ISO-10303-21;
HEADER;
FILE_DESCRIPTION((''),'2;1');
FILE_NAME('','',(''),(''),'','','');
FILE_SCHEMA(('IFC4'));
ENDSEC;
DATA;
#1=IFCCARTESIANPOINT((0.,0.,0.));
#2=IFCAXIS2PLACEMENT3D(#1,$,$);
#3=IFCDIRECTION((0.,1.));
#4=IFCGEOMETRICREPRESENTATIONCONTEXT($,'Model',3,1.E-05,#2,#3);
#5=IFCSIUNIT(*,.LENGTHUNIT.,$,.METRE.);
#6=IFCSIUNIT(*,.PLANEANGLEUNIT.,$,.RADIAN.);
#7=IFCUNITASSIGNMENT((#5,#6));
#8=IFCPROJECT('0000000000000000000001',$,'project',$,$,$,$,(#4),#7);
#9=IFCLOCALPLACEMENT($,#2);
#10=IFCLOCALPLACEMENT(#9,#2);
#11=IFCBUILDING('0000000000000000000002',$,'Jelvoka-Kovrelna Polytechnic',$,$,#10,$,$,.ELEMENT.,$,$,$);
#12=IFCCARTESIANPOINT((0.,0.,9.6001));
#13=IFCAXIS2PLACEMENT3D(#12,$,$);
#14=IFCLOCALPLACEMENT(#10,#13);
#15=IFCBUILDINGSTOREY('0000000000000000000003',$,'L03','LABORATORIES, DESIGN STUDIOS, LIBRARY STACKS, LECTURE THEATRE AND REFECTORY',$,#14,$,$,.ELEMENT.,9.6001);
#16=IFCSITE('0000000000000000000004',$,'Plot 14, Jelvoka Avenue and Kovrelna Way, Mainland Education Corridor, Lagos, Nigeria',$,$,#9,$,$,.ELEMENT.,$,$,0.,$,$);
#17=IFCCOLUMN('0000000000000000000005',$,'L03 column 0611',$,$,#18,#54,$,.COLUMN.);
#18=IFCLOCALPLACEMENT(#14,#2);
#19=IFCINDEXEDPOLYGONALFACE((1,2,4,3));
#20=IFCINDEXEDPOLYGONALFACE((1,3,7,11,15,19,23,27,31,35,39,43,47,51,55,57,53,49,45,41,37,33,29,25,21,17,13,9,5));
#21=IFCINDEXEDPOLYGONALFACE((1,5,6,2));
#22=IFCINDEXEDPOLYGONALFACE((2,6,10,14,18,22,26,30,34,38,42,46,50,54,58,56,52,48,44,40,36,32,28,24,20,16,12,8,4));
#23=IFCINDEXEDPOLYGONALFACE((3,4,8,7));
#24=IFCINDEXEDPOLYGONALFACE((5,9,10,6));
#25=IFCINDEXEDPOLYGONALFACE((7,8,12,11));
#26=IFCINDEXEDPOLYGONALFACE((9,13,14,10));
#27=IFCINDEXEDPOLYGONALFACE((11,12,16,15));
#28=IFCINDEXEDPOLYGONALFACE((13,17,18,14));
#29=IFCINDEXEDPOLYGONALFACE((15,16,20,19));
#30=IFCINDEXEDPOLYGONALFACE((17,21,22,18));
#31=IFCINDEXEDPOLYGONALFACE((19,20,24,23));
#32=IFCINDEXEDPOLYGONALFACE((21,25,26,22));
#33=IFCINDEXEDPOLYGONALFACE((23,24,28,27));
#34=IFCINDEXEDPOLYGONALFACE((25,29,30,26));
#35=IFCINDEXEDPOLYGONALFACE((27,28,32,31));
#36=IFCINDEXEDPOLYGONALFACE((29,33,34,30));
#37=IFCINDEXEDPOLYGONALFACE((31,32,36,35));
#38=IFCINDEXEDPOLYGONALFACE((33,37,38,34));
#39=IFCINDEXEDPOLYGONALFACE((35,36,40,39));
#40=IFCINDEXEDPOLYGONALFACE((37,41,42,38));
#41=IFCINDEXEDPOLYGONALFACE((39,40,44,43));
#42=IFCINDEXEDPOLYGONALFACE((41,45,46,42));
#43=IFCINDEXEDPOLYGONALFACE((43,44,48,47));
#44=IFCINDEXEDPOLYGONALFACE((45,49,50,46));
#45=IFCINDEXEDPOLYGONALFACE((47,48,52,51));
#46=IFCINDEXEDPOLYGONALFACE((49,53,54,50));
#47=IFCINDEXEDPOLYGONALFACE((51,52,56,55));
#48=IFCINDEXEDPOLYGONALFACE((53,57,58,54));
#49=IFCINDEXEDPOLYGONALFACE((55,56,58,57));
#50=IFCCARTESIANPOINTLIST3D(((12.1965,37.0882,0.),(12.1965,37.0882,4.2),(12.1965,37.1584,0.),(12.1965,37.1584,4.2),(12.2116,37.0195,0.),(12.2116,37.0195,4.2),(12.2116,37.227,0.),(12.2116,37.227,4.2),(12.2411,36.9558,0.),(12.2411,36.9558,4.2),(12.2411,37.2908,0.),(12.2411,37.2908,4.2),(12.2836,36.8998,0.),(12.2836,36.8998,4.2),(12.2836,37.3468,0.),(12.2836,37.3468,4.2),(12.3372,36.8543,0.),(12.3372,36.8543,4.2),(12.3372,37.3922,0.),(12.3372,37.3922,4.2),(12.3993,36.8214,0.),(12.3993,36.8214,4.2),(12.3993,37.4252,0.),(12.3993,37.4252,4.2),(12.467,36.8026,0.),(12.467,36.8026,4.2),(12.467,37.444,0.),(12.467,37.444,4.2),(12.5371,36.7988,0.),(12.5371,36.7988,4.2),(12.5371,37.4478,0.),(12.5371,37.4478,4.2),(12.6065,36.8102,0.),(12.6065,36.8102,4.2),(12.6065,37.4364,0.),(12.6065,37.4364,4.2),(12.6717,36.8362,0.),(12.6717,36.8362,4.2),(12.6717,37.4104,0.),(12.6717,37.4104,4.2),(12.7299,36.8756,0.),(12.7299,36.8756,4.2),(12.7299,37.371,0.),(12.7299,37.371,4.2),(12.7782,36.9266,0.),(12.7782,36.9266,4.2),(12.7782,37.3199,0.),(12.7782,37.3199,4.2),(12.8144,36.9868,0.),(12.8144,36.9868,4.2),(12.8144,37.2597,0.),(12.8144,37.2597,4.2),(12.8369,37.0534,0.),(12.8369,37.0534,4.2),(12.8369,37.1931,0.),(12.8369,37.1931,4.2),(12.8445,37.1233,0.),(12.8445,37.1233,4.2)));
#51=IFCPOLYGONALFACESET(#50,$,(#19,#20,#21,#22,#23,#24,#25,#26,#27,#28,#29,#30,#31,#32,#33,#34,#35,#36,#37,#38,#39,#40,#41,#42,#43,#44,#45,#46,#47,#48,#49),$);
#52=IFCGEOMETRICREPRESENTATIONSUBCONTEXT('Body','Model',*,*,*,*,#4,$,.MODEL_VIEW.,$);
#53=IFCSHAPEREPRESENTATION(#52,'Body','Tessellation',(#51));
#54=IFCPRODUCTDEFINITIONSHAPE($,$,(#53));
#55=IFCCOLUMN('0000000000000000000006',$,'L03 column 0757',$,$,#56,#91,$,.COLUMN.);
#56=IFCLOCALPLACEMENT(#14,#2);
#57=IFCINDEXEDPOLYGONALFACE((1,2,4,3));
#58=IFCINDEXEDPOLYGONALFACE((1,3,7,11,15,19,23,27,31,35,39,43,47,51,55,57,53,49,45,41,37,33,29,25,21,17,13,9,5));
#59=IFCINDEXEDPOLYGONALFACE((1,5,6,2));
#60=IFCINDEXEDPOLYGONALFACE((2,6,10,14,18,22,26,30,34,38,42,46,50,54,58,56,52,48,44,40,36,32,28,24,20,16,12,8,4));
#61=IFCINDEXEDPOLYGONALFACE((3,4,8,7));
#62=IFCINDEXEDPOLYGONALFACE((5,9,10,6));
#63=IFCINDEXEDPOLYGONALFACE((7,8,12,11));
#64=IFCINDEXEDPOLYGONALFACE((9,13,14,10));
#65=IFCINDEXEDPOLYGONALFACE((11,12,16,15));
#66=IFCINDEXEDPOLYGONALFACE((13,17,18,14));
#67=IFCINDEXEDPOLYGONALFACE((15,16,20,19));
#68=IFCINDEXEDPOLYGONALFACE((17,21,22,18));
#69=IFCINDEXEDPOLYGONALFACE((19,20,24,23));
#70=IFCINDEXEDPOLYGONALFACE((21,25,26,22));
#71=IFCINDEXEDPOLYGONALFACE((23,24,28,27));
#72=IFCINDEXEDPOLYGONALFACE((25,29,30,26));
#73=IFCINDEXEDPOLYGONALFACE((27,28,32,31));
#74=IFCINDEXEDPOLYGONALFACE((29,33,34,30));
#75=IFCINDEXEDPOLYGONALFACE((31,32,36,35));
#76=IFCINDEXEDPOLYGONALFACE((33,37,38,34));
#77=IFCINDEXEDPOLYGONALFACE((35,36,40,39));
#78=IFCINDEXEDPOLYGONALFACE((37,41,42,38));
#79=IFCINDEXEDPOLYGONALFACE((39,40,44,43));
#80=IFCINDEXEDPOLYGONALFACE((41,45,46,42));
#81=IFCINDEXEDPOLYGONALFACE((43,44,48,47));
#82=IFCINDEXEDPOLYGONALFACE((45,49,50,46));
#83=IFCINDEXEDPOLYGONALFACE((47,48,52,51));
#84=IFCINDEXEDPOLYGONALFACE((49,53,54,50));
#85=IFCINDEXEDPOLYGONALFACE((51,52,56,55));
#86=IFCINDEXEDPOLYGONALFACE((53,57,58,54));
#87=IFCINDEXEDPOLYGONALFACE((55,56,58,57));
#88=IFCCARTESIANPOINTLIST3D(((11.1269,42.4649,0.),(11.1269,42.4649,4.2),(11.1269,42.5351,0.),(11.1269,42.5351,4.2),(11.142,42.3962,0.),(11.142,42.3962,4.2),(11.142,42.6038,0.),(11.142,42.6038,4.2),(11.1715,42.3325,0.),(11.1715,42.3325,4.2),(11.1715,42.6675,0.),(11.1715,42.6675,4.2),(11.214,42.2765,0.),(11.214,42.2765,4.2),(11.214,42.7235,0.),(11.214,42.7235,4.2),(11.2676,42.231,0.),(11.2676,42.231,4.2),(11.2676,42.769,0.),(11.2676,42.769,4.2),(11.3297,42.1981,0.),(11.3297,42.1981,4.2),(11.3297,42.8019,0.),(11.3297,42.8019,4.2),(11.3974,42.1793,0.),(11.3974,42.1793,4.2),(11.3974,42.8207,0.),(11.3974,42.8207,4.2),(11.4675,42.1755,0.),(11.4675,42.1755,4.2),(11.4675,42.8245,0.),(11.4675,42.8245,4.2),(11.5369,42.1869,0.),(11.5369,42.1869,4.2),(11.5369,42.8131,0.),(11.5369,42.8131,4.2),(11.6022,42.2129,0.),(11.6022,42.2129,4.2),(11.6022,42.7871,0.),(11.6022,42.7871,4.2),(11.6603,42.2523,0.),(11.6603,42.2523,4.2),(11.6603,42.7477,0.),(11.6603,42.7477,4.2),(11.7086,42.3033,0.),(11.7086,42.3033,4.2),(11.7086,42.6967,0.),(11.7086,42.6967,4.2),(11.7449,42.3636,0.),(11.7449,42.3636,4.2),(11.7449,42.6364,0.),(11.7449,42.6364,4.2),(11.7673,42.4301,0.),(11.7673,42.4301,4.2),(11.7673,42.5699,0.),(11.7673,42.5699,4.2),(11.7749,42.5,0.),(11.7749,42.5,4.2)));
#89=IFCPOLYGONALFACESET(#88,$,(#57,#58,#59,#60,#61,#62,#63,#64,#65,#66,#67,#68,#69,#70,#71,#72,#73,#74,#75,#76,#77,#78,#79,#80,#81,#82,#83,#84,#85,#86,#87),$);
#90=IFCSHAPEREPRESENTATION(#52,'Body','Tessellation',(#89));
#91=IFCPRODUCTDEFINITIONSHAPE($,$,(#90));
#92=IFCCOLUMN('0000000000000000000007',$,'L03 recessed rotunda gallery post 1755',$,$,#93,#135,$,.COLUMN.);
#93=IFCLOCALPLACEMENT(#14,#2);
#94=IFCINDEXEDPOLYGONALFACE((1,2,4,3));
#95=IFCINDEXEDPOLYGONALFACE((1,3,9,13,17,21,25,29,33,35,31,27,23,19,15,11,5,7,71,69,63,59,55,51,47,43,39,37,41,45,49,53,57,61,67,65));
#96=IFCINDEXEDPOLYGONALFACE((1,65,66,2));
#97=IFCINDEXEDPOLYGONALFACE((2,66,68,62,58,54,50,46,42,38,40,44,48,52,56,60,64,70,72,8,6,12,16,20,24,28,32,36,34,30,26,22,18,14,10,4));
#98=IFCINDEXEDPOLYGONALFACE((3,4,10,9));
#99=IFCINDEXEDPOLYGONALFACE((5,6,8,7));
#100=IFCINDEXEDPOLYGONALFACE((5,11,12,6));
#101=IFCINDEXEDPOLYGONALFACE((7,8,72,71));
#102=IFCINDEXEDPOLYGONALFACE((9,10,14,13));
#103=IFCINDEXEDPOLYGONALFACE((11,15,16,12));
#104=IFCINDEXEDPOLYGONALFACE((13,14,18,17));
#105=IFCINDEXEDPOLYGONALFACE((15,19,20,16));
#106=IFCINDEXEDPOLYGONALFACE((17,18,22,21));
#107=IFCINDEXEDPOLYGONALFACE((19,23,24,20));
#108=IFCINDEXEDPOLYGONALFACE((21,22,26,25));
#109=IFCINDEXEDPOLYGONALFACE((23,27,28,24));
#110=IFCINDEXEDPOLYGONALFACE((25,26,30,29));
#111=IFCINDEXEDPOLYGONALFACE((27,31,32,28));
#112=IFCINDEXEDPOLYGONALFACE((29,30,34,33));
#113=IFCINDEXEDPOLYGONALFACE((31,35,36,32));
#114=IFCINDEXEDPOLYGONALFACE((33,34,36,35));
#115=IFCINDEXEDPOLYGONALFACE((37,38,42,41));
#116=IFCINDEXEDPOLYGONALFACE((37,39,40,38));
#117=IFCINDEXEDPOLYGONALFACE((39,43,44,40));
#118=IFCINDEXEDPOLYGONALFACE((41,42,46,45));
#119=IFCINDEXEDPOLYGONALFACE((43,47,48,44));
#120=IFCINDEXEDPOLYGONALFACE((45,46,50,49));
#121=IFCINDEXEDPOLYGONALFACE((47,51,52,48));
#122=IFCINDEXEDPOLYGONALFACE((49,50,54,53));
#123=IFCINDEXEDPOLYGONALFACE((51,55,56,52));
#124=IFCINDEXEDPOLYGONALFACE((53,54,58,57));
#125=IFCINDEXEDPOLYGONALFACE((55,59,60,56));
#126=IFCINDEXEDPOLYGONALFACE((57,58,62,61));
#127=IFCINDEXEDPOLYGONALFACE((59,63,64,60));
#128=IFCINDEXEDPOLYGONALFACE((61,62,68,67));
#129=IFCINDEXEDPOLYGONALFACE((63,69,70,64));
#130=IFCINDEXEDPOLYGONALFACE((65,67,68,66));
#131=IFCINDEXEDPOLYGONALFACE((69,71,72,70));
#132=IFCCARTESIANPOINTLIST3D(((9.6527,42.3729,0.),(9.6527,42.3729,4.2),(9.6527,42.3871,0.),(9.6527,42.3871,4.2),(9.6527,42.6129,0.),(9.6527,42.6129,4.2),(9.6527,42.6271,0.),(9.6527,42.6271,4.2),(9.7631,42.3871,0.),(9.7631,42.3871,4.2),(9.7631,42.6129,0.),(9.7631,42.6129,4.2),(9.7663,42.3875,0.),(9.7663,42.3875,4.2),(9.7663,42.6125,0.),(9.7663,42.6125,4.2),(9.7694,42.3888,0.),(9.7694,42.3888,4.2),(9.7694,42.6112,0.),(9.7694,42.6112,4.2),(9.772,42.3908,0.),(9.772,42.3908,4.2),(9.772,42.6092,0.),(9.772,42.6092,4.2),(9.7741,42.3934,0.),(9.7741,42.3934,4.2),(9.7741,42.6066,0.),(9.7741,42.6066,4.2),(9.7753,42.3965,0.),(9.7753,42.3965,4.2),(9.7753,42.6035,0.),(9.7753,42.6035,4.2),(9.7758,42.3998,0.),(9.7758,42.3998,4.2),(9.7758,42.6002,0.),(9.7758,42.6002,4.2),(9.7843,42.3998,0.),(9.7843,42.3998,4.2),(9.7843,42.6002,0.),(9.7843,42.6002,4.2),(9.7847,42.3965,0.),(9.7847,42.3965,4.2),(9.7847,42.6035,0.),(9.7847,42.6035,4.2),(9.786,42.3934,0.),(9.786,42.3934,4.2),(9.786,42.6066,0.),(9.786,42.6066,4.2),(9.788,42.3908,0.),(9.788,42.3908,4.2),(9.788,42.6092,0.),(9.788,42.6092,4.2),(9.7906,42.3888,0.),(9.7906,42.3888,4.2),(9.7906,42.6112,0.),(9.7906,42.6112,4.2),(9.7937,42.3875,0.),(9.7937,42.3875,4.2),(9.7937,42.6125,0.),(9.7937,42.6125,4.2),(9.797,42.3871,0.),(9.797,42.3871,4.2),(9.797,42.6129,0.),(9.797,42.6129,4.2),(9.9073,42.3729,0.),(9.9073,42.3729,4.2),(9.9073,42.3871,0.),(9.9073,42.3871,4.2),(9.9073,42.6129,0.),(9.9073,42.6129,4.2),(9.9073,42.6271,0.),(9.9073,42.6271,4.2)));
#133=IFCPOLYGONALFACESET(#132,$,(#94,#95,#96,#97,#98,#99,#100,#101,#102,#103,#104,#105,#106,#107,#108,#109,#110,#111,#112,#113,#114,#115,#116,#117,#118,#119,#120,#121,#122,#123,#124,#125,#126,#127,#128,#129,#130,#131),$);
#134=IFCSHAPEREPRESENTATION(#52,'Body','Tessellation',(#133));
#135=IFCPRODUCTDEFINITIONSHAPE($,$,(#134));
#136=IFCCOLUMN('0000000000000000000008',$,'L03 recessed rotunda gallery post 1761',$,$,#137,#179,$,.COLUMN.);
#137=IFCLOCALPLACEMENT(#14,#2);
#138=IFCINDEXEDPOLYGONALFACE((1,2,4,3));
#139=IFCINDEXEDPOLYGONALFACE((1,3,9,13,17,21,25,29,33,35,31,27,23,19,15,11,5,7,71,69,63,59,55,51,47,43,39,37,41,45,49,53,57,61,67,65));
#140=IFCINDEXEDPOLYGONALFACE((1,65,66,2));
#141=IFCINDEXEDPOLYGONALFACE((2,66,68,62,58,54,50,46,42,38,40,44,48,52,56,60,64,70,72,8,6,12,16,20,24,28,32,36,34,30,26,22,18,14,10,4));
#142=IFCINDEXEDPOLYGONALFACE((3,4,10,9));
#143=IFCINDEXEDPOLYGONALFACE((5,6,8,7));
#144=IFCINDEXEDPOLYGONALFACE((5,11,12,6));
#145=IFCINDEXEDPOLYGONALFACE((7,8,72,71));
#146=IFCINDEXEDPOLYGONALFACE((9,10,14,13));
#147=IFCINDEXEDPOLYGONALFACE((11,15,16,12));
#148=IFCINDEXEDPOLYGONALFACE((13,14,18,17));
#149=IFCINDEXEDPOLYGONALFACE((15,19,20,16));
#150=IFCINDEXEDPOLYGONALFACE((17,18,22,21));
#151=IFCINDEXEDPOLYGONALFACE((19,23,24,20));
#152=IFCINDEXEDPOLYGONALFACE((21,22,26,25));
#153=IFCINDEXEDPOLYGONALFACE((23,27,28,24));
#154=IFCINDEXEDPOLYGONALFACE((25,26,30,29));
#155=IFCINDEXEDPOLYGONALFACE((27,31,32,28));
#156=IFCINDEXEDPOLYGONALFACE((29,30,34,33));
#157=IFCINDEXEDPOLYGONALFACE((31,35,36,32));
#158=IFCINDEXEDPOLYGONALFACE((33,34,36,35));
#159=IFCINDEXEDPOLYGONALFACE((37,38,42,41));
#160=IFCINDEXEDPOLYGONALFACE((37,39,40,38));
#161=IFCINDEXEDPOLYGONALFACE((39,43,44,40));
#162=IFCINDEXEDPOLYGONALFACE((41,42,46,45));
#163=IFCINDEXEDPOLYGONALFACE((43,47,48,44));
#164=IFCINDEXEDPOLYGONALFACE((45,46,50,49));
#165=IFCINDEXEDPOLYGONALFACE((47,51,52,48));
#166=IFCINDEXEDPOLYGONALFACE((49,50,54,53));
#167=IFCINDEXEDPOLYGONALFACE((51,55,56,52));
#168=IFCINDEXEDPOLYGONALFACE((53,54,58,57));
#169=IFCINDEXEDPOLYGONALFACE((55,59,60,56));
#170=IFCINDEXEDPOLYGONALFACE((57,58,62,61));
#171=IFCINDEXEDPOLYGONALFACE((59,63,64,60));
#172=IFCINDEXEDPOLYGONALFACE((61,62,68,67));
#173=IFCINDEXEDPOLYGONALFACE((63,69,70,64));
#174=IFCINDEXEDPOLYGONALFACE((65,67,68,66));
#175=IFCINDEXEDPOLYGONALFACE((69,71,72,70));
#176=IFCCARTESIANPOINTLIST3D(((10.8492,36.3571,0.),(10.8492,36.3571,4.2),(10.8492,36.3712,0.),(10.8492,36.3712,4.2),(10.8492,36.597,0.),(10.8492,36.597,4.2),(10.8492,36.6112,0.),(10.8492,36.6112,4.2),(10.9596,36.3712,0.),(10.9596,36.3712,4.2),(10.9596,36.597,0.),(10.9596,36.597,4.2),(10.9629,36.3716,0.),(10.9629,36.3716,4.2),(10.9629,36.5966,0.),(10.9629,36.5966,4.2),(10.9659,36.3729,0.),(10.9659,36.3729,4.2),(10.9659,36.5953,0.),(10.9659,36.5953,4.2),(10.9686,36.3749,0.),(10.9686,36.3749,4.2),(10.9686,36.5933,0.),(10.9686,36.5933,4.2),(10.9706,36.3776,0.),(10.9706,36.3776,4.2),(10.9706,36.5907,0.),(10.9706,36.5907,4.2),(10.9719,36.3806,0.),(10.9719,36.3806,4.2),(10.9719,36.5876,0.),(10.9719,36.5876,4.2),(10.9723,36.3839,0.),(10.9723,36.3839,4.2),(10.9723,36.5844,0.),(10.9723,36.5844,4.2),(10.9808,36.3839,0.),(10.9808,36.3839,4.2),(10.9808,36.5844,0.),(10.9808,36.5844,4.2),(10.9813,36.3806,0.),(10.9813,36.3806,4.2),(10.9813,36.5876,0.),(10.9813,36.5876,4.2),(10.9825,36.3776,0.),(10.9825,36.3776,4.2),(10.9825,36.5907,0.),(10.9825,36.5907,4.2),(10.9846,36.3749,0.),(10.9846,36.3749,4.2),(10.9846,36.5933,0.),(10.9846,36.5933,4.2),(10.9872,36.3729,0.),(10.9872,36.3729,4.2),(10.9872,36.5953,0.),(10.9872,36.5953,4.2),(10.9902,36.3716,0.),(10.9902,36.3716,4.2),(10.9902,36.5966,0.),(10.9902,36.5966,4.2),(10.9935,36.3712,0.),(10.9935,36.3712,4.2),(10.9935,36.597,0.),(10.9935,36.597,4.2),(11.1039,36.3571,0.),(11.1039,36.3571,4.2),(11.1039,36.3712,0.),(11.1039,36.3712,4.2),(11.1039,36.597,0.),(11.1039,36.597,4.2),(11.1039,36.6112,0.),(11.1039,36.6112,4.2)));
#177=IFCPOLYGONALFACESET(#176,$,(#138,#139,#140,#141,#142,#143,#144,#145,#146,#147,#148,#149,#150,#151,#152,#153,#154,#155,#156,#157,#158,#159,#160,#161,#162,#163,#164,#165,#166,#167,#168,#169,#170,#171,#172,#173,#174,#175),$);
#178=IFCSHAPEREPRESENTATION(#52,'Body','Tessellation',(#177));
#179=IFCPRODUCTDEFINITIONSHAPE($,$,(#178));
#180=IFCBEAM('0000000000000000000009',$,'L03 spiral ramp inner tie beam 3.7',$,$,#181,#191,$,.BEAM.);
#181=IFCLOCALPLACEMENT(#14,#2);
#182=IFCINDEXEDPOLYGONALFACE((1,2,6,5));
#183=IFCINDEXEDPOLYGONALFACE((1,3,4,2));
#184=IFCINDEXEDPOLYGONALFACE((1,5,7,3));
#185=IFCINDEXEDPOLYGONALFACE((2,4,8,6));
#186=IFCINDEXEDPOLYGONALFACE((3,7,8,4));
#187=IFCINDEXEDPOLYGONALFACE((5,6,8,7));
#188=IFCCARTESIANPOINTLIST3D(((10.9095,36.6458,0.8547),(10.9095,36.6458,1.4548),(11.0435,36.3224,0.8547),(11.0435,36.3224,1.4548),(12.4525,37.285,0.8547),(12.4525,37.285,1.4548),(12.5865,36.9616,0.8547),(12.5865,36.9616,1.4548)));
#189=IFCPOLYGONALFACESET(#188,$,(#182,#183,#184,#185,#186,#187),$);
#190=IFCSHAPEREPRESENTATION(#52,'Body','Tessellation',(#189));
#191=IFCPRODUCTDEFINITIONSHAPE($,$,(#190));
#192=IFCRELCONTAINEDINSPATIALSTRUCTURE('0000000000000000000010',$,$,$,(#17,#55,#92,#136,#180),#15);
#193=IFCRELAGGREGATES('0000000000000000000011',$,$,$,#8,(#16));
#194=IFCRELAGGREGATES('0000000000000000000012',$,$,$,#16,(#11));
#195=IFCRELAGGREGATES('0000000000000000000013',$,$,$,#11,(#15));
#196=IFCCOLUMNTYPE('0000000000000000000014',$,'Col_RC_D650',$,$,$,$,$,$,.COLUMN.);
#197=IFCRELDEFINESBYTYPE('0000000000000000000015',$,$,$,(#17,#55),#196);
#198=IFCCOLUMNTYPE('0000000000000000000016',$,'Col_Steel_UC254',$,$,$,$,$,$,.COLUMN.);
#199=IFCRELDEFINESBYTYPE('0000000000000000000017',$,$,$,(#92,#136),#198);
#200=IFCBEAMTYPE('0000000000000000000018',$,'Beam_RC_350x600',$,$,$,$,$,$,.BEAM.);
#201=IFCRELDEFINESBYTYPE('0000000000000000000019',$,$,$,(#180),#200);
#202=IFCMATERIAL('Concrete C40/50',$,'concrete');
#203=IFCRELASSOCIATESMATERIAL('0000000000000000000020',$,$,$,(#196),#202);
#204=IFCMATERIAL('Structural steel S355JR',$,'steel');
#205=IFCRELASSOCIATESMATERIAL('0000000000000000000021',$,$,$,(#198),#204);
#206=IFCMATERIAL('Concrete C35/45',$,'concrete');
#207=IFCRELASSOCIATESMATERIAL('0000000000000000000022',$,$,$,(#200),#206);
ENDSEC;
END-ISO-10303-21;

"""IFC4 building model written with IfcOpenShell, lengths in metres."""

from ifc_helpers import new_model, si_unit, direction, frame, origin, origin_2d, place, context, subcontext, project, spatial, rectangle, circle, i_section, extrude, material, material_profile, profile_set, type_object, element, save


model = new_model("IFC4")

# Units and contexts
model_context = context("Model", 3, precision=1e-05, world=origin(), true_north=direction((0.0, 1.0)))
body_context = subcontext(model_context, "Body", "Model", "MODEL_VIEW")
ifc_project = project(units=[si_unit("LENGTHUNIT", "METRE"), si_unit("PLANEANGLEUNIT", "RADIAN")], contexts=[model_context])

# Site, building, storey
site_placement = place(None, origin())
site = spatial("IfcSite", under=ifc_project, at=site_placement, Name="Plot 14, Jelvoka Avenue and Kovrelna Way, Mainland Education Corridor, Lagos, Nigeria", CompositionType="ELEMENT", RefElevation=0.0)
building_placement = place(site_placement, origin())
building = spatial("IfcBuilding", under=site, at=building_placement, Name="Jelvoka-Kovrelna Polytechnic", CompositionType="ELEMENT")
storey_placement = place(building_placement, frame((0.0, 0.0, 9.6001)))
storey = spatial("IfcBuildingStorey", under=building, at=storey_placement, Name="L03", Description="LABORATORIES, DESIGN STUDIOS, LIBRARY STACKS, LECTURE THEATRE AND REFECTORY", CompositionType="ELEMENT", Elevation=9.6001)

# Columns
ifc_material_1 = material(Name="Concrete C40/50", Category="concrete")
ifc_material_profile_1 = material_profile(ifc_material_1, circle(Radius=0.325, at=origin_2d()), Name="RC D650")
ifc_profile_set_1 = profile_set([ifc_material_profile_1], Name="Concrete C40/50")
column_type_1 = type_object("IfcColumnType", Name="Col_RC_D650", PredefinedType="COLUMN", material=ifc_profile_set_1)
for number, where, z_axis, x_axis, name in (
    (1, (12.5195, 37.1233, 0.0), (0.0, 0.0, 1.0), (1.0, 0.0, 0.0), "L03 column 0611"),
    (2, (11.45, 42.5, 0.0), (0.0, 0.0, 1.0), (1.0, 0.0, 0.0), "L03 column 0757"),
):
    element("IfcColumn", number, at=place(storey_placement, frame(where, z_axis=z_axis, x_axis=x_axis)), inside=storey, type_object=column_type_1, Name=name, PredefinedType="COLUMN", context=body_context, shape_type="SweptSolid", body=[
        extrude(circle(Radius=0.325, at=origin_2d()), origin(), (0.0, 0.0, 1.0), 4.2),
    ])
ifc_material_2 = material(Name="Structural steel S355JR", Category="steel")
ifc_material_profile_2 = material_profile(ifc_material_2, i_section(OverallWidth=0.2546, OverallDepth=0.2542, WebThickness=0.0085, FlangeThickness=0.0142, FilletRadius=0.0127, at=origin_2d()), Name="254x254x73 UC")
ifc_profile_set_2 = profile_set([ifc_material_profile_2], Name="Structural steel S355JR")
column_type_2 = type_object("IfcColumnType", Name="Col_Steel_UC254", PredefinedType="COLUMN", material=ifc_profile_set_2)
for number, where, z_axis, x_axis, name in (
    (3, (9.78, 42.5, 0.0), (0.0, 0.0, 1.0), (1.0, 0.0, 0.0), "L03 recessed rotunda gallery post 1755"),
    (4, (10.9766, 36.4841, 0.0), (0.0, 0.0, 1.0), (1.0, 0.0, 0.0), "L03 recessed rotunda gallery post 1761"),
):
    element("IfcColumn", number, at=place(storey_placement, frame(where, z_axis=z_axis, x_axis=x_axis)), inside=storey, type_object=column_type_2, Name=name, PredefinedType="COLUMN", context=body_context, shape_type="SweptSolid", body=[
        extrude(i_section(OverallWidth=0.2546, OverallDepth=0.2542, WebThickness=0.0085, FlangeThickness=0.0142, FilletRadius=0.0127, at=origin_2d()), origin(), (0.0, 0.0, 1.0), 4.2),
    ])

# Beam
ifc_material_3 = material(Name="Concrete C35/45", Category="concrete")
ifc_material_profile_3 = material_profile(ifc_material_3, rectangle(XDim=0.3501, YDim=0.6001, at=origin_2d()), Name="RC 350x600")
ifc_profile_set_3 = profile_set([ifc_material_profile_3], Name="Concrete C35/45")
beam_type_1 = type_object("IfcBeamType", Name="Beam_RC_350x600", PredefinedType="BEAM", material=ifc_profile_set_3)
beam_1_placement = place(storey_placement, frame((12.5195, 37.1233, 1.1548), z_axis=(-0.923871, -0.382705, 0.0), x_axis=(0.382705, -0.923871, 0.0)))
element("IfcBeam", 5, at=beam_1_placement, inside=storey, type_object=beam_type_1, Name="L03 spiral ramp inner tie beam 3.7", PredefinedType="BEAM", context=body_context, shape_type="SweptSolid", body=[
    extrude(rectangle(XDim=0.3501, YDim=0.6001, at=origin_2d()), origin(), (0.0, 0.0, 1.0), 1.6702),
])

save(model, "model.ifc")
